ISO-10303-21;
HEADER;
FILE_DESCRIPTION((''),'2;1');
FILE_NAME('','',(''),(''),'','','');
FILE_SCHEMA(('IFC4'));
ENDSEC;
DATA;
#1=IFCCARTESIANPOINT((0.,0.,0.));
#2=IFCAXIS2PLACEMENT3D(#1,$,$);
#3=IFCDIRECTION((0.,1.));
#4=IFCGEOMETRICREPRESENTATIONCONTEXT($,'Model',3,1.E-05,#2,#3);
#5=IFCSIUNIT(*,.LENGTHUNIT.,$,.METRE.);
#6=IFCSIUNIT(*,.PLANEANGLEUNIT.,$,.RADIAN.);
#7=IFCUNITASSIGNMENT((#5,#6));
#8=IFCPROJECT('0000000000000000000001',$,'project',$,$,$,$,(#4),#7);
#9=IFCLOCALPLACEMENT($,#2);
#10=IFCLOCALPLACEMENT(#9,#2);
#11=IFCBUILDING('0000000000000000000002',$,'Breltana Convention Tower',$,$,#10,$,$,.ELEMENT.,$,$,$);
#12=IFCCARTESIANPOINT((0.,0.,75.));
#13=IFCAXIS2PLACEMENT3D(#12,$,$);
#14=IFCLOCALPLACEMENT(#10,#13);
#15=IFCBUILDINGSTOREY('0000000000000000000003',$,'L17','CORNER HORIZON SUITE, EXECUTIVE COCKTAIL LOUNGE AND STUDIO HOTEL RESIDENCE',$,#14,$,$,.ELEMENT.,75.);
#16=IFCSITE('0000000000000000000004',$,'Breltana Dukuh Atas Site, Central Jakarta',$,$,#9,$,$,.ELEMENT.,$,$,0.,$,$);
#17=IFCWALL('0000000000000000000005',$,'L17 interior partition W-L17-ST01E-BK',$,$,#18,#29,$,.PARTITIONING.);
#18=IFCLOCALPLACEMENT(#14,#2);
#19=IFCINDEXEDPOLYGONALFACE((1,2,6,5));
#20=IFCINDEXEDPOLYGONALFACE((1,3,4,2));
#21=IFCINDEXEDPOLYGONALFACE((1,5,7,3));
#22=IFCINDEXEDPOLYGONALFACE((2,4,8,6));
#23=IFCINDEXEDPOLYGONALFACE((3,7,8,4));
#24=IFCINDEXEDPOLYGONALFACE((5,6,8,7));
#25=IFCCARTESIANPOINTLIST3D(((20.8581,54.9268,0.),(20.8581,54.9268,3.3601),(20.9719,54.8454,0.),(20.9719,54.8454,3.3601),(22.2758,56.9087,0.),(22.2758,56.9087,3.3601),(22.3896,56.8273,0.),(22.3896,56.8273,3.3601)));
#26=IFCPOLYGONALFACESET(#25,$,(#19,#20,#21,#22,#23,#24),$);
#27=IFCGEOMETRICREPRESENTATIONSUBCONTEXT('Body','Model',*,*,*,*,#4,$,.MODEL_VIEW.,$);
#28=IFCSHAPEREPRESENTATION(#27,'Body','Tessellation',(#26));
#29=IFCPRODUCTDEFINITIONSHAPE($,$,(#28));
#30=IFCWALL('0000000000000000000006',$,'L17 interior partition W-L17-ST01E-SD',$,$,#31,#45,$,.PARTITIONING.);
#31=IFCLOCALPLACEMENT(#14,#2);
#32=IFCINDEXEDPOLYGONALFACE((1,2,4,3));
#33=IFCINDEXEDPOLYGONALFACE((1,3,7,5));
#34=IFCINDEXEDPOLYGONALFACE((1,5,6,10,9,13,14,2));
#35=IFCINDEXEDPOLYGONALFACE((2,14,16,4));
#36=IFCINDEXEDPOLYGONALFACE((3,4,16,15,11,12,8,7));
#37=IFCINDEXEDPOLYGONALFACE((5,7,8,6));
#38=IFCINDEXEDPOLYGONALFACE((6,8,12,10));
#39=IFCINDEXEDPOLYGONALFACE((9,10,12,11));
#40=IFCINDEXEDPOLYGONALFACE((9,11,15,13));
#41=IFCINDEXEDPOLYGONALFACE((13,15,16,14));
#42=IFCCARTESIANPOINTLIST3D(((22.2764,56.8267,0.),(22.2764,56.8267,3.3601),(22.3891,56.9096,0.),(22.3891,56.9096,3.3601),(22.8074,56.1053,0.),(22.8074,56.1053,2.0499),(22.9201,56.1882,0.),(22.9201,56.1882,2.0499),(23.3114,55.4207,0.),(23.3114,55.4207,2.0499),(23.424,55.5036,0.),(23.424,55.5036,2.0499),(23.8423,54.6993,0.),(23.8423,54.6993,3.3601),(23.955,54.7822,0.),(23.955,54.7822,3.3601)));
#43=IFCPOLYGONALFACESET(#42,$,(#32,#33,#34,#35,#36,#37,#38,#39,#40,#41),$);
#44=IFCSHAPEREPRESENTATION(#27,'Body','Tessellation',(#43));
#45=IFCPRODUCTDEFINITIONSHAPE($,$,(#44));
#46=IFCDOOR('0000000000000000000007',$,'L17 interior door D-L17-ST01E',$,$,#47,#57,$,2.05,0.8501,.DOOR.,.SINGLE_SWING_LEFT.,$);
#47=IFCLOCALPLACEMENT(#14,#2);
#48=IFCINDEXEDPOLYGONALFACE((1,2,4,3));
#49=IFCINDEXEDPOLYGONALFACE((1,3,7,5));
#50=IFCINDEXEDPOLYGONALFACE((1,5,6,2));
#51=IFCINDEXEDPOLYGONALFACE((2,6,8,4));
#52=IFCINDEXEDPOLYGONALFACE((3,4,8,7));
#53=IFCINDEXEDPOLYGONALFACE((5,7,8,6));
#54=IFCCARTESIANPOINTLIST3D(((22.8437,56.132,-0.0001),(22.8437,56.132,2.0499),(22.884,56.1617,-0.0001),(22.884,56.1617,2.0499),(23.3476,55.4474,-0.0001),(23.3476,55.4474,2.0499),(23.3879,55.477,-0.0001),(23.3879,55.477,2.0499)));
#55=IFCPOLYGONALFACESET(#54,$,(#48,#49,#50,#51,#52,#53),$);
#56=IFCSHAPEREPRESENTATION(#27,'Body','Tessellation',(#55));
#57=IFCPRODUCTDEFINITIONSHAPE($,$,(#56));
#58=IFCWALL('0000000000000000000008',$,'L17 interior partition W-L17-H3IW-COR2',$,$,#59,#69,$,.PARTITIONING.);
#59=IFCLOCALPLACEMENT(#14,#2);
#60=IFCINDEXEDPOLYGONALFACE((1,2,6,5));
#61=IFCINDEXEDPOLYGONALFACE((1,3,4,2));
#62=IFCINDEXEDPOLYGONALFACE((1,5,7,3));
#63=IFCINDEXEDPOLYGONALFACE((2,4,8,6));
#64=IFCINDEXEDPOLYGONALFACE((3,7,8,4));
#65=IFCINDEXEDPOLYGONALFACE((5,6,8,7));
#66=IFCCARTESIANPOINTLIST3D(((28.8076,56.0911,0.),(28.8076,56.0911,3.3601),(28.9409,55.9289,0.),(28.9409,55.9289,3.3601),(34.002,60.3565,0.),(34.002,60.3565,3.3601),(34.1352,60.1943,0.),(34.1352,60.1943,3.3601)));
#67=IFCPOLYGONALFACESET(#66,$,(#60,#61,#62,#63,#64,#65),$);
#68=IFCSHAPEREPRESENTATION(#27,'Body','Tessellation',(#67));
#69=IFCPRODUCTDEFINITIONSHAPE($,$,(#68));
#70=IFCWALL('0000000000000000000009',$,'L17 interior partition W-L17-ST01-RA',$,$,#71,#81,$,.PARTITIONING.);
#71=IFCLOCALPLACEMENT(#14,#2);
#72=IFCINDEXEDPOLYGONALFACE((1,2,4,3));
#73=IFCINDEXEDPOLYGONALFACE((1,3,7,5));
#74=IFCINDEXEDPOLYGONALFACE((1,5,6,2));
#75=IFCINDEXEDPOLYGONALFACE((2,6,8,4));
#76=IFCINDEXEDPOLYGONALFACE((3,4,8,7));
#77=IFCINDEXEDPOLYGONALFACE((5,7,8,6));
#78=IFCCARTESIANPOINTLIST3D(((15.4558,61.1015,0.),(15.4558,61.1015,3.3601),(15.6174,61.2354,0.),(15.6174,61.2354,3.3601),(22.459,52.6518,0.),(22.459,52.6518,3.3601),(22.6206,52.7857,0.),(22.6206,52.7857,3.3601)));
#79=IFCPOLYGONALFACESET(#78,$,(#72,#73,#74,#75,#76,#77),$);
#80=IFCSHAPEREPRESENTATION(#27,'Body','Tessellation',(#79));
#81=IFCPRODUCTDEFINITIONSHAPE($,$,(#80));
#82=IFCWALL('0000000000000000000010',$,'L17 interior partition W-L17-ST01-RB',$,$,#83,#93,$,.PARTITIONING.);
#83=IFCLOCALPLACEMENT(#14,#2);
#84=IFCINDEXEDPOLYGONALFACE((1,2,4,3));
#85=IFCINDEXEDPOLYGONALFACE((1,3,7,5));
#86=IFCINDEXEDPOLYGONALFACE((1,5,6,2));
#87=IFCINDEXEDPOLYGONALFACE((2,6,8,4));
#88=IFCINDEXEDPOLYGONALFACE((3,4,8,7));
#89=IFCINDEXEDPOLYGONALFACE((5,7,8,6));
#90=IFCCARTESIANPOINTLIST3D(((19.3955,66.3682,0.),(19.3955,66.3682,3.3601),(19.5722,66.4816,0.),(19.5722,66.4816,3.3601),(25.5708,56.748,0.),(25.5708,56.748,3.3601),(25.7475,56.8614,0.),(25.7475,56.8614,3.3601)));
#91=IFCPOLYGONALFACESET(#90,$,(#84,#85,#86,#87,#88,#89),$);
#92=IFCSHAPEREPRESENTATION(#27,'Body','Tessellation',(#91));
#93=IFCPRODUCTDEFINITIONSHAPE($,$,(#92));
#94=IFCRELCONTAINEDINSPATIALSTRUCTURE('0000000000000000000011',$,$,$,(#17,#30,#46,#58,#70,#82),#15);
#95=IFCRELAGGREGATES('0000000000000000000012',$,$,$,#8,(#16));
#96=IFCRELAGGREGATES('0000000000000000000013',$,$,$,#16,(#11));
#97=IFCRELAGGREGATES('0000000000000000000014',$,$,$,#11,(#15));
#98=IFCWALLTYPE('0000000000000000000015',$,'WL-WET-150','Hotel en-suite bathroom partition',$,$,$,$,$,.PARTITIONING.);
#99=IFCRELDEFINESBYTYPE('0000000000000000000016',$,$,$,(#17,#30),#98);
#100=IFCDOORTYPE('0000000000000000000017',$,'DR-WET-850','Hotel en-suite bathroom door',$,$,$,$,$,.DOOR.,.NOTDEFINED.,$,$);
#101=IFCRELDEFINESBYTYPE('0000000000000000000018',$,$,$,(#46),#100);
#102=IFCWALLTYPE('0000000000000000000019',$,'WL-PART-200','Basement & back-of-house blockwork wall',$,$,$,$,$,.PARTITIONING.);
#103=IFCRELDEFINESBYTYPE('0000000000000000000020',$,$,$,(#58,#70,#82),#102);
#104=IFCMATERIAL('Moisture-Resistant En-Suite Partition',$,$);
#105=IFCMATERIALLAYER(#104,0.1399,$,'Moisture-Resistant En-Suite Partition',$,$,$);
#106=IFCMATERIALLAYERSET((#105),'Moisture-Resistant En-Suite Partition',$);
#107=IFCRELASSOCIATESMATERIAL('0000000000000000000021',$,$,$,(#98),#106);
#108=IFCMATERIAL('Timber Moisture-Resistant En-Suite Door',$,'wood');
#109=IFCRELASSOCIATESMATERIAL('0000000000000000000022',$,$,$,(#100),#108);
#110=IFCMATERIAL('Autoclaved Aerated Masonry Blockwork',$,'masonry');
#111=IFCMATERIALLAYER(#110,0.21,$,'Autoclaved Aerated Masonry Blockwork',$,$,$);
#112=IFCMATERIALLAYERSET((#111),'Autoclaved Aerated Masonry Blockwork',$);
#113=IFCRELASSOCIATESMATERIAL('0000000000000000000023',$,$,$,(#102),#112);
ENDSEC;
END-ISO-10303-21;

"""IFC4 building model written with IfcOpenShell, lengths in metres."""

from ifc_helpers import new_model, si_unit, direction, frame, frame_2d, origin, place, context, subcontext, project, spatial, rectangle, extrude, source, transform, mapped, material, layer, layer_set, type_object, type_shapes, element, fill, save


model = new_model("IFC4")

# Units and contexts
model_context = context("Model", 3, precision=1e-05, world=origin(), true_north=direction((0.0, 1.0)))
body_context = subcontext(model_context, "Body", "Model", "MODEL_VIEW")
ifc_project = project(units=[si_unit("LENGTHUNIT", "METRE"), si_unit("PLANEANGLEUNIT", "RADIAN")], contexts=[model_context])

# Site, building, storey
site_placement = place(None, origin())
site = spatial("IfcSite", under=ifc_project, at=site_placement, Name="Breltana Dukuh Atas Site, Central Jakarta", CompositionType="ELEMENT", RefElevation=0.0)
building_placement = place(site_placement, origin())
building = spatial("IfcBuilding", under=site, at=building_placement, Name="Breltana Convention Tower", CompositionType="ELEMENT")
storey_placement = place(building_placement, frame((0.0, 0.0, 75.0)))
storey = spatial("IfcBuildingStorey", under=building, at=storey_placement, Name="L17", Description="CORNER HORIZON SUITE, EXECUTIVE COCKTAIL LOUNGE AND STUDIO HOTEL RESIDENCE", CompositionType="ELEMENT", Elevation=75.0)

# Shared definitions
ifc_material_1 = material(Name="Moisture-Resistant En-Suite Partition")
ifc_layer_1 = layer(ifc_material_1, 0.1399, Name="Moisture-Resistant En-Suite Partition")
ifc_layer_set_1 = layer_set([ifc_layer_1], Name="Moisture-Resistant En-Suite Partition")
wall_type_1 = type_object("IfcWallType", Name="WL-WET-150", Description="Hotel en-suite bathroom partition", PredefinedType="PARTITIONING", material=ifc_layer_set_1)
ifc_material_2 = material(Name="Timber Moisture-Resistant En-Suite Door", Category="wood")
door_type_1 = type_object("IfcDoorType", Name="DR-WET-850", Description="Hotel en-suite bathroom door", OperationType="NOTDEFINED", PredefinedType="DOOR", material=ifc_material_2)
shared_shape_1 = source(origin(), body_context, "Body", "SweptSolid", [
    extrude(rectangle(XDim=0.8501, YDim=2.05, at=frame_2d((0.425, 1.0249))), frame((0.0, 0.0249, 0.0), z_axis=(0.0, -1.0, 0.0), x_axis=(1.0, 0.0, 0.0)), (0.0, 0.0, 1.0), 0.05),
])
type_shapes(door_type_1, [shared_shape_1])

# Wall
shared_shape_2 = source(origin(), body_context, "Body", "SweptSolid", [
    extrude(rectangle(XDim=2.4368, YDim=0.1399, at=frame_2d((1.2183, 0.0))), origin(), (0.0, 0.0, 1.0), 3.3601),
])
wall_1_placement = place(storey_placement, frame((20.915, 54.8862, 0.0), z_axis=(0.0, 0.0, 1.0), x_axis=(0.581797, 0.813334, 0.0)))
element("IfcWall", 1, at=wall_1_placement, inside=storey, type_object=wall_type_1, Name="L17 interior partition W-L17-ST01E-BK", PredefinedType="PARTITIONING", context=body_context, shape_type="MappedRepresentation", body=[
    mapped(shared_shape_2, transform((0.0, 0.0, 0.0), scale=1.0)),
])

# Wall, opening, door
shared_shape_3 = source(origin(), body_context, "Body", "SweptSolid", [
    extrude(rectangle(XDim=2.6416, YDim=0.1399, at=frame_2d((1.3208, 0.0))), origin(), (0.0, 0.0, 1.0), 3.3601),
])
wall_2_placement = place(storey_placement, frame((23.8987, 54.7407, 0.0), z_axis=(0.0, 0.0, 1.0), x_axis=(-0.592789, 0.805358, 0.0)))
wall_2 = element("IfcWall", 2, at=wall_2_placement, inside=storey, type_object=wall_type_1, Name="L17 interior partition W-L17-ST01E-SD", PredefinedType="PARTITIONING", context=body_context, shape_type="MappedRepresentation", body=[
    mapped(shared_shape_3, transform((0.0, 0.0, 0.0), scale=1.0)),
])
opening_1_placement = place(wall_2_placement, frame((0.8958, 0.0, 0.0)))
opening_1 = element("IfcOpeningElement", 3, at=opening_1_placement, cuts=wall_2, PredefinedType="OPENING", context=body_context, shape_type="SweptSolid", body=[
    extrude(rectangle(XDim=0.8501, YDim=2.05, at=frame_2d((0.425, 1.0249))), frame((0.0, 0.0801, 0.0), z_axis=(0.0, -1.0, 0.0), x_axis=(1.0, 0.0, 0.0)), (0.0, 0.0, 1.0), 0.1599),
])
door_1_placement = place(opening_1_placement, origin())
door_1 = element("IfcDoor", 4, at=door_1_placement, inside=storey, type_object=door_type_1, Name="L17 interior door D-L17-ST01E", OperationType="SINGLE_SWING_LEFT", OverallHeight=2.05, OverallWidth=0.8501, PredefinedType="DOOR", context=body_context, shape_type="MappedRepresentation", body=[
    mapped(shared_shape_1, transform((0.0, 0.0, 0.0), scale=1.0)),
])
fill(opening_1, door_1)
ifc_material_3 = material(Name="Autoclaved Aerated Masonry Blockwork", Category="masonry")
ifc_layer_2 = layer(ifc_material_3, 0.21, Name="Autoclaved Aerated Masonry Blockwork")
ifc_layer_set_2 = layer_set([ifc_layer_2], Name="Autoclaved Aerated Masonry Blockwork")
wall_type_2 = type_object("IfcWallType", Name="WL-PART-200", Description="Basement & back-of-house blockwork wall", PredefinedType="PARTITIONING", material=ifc_layer_set_2)

# Walls
shared_shape_4 = source(origin(), body_context, "Body", "SweptSolid", [
    extrude(rectangle(XDim=6.7212, YDim=0.21, at=frame_2d((3.3606, 0.0))), origin(), (0.0, 0.0, 1.0), 3.3601),
])
wall_3_placement = place(storey_placement, frame((28.8743, 56.01, 0.0), z_axis=(0.0, 0.0, 1.0), x_axis=(0.772828, 0.634615, 0.0)))
element("IfcWall", 5, at=wall_3_placement, inside=storey, type_object=wall_type_2, Name="L17 interior partition W-L17-H3IW-COR2", PredefinedType="PARTITIONING", context=body_context, shape_type="MappedRepresentation", body=[
    mapped(shared_shape_4, transform((0.0, 0.0, 0.0), scale=1.0)),
])
shared_shape_5 = source(origin(), body_context, "Body", "SweptSolid", [
    extrude(rectangle(XDim=10.9746, YDim=0.21, at=frame_2d((5.4873, 0.0))), origin(), (0.0, 0.0, 1.0), 3.3601),
])
wall_4_placement = place(storey_placement, frame((22.5398, 52.7188, 0.0), z_axis=(0.0, 0.0, 1.0), x_axis=(-0.638125, 0.769933, 0.0)))
element("IfcWall", 6, at=wall_4_placement, inside=storey, type_object=wall_type_2, Name="L17 interior partition W-L17-ST01-RA", PredefinedType="PARTITIONING", context=body_context, shape_type="MappedRepresentation", body=[
    mapped(shared_shape_5, transform((0.0, 0.0, 0.0), scale=1.0)),
])

# Wall
shared_shape_6 = source(origin(), body_context, "Body", "SweptSolid", [
    extrude(rectangle(XDim=11.4316, YDim=0.21, at=frame_2d((5.7158, 0.0))), origin(), (0.0, 0.0, 1.0), 3.3601),
])
wall_5_placement = place(storey_placement, frame((25.6592, 56.8047, 0.0), z_axis=(0.0, 0.0, 1.0), x_axis=(-0.540196, 0.841539, 0.0)))
element("IfcWall", 7, at=wall_5_placement, inside=storey, type_object=wall_type_2, Name="L17 interior partition W-L17-ST01-RB", PredefinedType="PARTITIONING", context=body_context, shape_type="MappedRepresentation", body=[
    mapped(shared_shape_6, transform((0.0, 0.0, 0.0), scale=1.0)),
])

save(model, "model.ifc")
